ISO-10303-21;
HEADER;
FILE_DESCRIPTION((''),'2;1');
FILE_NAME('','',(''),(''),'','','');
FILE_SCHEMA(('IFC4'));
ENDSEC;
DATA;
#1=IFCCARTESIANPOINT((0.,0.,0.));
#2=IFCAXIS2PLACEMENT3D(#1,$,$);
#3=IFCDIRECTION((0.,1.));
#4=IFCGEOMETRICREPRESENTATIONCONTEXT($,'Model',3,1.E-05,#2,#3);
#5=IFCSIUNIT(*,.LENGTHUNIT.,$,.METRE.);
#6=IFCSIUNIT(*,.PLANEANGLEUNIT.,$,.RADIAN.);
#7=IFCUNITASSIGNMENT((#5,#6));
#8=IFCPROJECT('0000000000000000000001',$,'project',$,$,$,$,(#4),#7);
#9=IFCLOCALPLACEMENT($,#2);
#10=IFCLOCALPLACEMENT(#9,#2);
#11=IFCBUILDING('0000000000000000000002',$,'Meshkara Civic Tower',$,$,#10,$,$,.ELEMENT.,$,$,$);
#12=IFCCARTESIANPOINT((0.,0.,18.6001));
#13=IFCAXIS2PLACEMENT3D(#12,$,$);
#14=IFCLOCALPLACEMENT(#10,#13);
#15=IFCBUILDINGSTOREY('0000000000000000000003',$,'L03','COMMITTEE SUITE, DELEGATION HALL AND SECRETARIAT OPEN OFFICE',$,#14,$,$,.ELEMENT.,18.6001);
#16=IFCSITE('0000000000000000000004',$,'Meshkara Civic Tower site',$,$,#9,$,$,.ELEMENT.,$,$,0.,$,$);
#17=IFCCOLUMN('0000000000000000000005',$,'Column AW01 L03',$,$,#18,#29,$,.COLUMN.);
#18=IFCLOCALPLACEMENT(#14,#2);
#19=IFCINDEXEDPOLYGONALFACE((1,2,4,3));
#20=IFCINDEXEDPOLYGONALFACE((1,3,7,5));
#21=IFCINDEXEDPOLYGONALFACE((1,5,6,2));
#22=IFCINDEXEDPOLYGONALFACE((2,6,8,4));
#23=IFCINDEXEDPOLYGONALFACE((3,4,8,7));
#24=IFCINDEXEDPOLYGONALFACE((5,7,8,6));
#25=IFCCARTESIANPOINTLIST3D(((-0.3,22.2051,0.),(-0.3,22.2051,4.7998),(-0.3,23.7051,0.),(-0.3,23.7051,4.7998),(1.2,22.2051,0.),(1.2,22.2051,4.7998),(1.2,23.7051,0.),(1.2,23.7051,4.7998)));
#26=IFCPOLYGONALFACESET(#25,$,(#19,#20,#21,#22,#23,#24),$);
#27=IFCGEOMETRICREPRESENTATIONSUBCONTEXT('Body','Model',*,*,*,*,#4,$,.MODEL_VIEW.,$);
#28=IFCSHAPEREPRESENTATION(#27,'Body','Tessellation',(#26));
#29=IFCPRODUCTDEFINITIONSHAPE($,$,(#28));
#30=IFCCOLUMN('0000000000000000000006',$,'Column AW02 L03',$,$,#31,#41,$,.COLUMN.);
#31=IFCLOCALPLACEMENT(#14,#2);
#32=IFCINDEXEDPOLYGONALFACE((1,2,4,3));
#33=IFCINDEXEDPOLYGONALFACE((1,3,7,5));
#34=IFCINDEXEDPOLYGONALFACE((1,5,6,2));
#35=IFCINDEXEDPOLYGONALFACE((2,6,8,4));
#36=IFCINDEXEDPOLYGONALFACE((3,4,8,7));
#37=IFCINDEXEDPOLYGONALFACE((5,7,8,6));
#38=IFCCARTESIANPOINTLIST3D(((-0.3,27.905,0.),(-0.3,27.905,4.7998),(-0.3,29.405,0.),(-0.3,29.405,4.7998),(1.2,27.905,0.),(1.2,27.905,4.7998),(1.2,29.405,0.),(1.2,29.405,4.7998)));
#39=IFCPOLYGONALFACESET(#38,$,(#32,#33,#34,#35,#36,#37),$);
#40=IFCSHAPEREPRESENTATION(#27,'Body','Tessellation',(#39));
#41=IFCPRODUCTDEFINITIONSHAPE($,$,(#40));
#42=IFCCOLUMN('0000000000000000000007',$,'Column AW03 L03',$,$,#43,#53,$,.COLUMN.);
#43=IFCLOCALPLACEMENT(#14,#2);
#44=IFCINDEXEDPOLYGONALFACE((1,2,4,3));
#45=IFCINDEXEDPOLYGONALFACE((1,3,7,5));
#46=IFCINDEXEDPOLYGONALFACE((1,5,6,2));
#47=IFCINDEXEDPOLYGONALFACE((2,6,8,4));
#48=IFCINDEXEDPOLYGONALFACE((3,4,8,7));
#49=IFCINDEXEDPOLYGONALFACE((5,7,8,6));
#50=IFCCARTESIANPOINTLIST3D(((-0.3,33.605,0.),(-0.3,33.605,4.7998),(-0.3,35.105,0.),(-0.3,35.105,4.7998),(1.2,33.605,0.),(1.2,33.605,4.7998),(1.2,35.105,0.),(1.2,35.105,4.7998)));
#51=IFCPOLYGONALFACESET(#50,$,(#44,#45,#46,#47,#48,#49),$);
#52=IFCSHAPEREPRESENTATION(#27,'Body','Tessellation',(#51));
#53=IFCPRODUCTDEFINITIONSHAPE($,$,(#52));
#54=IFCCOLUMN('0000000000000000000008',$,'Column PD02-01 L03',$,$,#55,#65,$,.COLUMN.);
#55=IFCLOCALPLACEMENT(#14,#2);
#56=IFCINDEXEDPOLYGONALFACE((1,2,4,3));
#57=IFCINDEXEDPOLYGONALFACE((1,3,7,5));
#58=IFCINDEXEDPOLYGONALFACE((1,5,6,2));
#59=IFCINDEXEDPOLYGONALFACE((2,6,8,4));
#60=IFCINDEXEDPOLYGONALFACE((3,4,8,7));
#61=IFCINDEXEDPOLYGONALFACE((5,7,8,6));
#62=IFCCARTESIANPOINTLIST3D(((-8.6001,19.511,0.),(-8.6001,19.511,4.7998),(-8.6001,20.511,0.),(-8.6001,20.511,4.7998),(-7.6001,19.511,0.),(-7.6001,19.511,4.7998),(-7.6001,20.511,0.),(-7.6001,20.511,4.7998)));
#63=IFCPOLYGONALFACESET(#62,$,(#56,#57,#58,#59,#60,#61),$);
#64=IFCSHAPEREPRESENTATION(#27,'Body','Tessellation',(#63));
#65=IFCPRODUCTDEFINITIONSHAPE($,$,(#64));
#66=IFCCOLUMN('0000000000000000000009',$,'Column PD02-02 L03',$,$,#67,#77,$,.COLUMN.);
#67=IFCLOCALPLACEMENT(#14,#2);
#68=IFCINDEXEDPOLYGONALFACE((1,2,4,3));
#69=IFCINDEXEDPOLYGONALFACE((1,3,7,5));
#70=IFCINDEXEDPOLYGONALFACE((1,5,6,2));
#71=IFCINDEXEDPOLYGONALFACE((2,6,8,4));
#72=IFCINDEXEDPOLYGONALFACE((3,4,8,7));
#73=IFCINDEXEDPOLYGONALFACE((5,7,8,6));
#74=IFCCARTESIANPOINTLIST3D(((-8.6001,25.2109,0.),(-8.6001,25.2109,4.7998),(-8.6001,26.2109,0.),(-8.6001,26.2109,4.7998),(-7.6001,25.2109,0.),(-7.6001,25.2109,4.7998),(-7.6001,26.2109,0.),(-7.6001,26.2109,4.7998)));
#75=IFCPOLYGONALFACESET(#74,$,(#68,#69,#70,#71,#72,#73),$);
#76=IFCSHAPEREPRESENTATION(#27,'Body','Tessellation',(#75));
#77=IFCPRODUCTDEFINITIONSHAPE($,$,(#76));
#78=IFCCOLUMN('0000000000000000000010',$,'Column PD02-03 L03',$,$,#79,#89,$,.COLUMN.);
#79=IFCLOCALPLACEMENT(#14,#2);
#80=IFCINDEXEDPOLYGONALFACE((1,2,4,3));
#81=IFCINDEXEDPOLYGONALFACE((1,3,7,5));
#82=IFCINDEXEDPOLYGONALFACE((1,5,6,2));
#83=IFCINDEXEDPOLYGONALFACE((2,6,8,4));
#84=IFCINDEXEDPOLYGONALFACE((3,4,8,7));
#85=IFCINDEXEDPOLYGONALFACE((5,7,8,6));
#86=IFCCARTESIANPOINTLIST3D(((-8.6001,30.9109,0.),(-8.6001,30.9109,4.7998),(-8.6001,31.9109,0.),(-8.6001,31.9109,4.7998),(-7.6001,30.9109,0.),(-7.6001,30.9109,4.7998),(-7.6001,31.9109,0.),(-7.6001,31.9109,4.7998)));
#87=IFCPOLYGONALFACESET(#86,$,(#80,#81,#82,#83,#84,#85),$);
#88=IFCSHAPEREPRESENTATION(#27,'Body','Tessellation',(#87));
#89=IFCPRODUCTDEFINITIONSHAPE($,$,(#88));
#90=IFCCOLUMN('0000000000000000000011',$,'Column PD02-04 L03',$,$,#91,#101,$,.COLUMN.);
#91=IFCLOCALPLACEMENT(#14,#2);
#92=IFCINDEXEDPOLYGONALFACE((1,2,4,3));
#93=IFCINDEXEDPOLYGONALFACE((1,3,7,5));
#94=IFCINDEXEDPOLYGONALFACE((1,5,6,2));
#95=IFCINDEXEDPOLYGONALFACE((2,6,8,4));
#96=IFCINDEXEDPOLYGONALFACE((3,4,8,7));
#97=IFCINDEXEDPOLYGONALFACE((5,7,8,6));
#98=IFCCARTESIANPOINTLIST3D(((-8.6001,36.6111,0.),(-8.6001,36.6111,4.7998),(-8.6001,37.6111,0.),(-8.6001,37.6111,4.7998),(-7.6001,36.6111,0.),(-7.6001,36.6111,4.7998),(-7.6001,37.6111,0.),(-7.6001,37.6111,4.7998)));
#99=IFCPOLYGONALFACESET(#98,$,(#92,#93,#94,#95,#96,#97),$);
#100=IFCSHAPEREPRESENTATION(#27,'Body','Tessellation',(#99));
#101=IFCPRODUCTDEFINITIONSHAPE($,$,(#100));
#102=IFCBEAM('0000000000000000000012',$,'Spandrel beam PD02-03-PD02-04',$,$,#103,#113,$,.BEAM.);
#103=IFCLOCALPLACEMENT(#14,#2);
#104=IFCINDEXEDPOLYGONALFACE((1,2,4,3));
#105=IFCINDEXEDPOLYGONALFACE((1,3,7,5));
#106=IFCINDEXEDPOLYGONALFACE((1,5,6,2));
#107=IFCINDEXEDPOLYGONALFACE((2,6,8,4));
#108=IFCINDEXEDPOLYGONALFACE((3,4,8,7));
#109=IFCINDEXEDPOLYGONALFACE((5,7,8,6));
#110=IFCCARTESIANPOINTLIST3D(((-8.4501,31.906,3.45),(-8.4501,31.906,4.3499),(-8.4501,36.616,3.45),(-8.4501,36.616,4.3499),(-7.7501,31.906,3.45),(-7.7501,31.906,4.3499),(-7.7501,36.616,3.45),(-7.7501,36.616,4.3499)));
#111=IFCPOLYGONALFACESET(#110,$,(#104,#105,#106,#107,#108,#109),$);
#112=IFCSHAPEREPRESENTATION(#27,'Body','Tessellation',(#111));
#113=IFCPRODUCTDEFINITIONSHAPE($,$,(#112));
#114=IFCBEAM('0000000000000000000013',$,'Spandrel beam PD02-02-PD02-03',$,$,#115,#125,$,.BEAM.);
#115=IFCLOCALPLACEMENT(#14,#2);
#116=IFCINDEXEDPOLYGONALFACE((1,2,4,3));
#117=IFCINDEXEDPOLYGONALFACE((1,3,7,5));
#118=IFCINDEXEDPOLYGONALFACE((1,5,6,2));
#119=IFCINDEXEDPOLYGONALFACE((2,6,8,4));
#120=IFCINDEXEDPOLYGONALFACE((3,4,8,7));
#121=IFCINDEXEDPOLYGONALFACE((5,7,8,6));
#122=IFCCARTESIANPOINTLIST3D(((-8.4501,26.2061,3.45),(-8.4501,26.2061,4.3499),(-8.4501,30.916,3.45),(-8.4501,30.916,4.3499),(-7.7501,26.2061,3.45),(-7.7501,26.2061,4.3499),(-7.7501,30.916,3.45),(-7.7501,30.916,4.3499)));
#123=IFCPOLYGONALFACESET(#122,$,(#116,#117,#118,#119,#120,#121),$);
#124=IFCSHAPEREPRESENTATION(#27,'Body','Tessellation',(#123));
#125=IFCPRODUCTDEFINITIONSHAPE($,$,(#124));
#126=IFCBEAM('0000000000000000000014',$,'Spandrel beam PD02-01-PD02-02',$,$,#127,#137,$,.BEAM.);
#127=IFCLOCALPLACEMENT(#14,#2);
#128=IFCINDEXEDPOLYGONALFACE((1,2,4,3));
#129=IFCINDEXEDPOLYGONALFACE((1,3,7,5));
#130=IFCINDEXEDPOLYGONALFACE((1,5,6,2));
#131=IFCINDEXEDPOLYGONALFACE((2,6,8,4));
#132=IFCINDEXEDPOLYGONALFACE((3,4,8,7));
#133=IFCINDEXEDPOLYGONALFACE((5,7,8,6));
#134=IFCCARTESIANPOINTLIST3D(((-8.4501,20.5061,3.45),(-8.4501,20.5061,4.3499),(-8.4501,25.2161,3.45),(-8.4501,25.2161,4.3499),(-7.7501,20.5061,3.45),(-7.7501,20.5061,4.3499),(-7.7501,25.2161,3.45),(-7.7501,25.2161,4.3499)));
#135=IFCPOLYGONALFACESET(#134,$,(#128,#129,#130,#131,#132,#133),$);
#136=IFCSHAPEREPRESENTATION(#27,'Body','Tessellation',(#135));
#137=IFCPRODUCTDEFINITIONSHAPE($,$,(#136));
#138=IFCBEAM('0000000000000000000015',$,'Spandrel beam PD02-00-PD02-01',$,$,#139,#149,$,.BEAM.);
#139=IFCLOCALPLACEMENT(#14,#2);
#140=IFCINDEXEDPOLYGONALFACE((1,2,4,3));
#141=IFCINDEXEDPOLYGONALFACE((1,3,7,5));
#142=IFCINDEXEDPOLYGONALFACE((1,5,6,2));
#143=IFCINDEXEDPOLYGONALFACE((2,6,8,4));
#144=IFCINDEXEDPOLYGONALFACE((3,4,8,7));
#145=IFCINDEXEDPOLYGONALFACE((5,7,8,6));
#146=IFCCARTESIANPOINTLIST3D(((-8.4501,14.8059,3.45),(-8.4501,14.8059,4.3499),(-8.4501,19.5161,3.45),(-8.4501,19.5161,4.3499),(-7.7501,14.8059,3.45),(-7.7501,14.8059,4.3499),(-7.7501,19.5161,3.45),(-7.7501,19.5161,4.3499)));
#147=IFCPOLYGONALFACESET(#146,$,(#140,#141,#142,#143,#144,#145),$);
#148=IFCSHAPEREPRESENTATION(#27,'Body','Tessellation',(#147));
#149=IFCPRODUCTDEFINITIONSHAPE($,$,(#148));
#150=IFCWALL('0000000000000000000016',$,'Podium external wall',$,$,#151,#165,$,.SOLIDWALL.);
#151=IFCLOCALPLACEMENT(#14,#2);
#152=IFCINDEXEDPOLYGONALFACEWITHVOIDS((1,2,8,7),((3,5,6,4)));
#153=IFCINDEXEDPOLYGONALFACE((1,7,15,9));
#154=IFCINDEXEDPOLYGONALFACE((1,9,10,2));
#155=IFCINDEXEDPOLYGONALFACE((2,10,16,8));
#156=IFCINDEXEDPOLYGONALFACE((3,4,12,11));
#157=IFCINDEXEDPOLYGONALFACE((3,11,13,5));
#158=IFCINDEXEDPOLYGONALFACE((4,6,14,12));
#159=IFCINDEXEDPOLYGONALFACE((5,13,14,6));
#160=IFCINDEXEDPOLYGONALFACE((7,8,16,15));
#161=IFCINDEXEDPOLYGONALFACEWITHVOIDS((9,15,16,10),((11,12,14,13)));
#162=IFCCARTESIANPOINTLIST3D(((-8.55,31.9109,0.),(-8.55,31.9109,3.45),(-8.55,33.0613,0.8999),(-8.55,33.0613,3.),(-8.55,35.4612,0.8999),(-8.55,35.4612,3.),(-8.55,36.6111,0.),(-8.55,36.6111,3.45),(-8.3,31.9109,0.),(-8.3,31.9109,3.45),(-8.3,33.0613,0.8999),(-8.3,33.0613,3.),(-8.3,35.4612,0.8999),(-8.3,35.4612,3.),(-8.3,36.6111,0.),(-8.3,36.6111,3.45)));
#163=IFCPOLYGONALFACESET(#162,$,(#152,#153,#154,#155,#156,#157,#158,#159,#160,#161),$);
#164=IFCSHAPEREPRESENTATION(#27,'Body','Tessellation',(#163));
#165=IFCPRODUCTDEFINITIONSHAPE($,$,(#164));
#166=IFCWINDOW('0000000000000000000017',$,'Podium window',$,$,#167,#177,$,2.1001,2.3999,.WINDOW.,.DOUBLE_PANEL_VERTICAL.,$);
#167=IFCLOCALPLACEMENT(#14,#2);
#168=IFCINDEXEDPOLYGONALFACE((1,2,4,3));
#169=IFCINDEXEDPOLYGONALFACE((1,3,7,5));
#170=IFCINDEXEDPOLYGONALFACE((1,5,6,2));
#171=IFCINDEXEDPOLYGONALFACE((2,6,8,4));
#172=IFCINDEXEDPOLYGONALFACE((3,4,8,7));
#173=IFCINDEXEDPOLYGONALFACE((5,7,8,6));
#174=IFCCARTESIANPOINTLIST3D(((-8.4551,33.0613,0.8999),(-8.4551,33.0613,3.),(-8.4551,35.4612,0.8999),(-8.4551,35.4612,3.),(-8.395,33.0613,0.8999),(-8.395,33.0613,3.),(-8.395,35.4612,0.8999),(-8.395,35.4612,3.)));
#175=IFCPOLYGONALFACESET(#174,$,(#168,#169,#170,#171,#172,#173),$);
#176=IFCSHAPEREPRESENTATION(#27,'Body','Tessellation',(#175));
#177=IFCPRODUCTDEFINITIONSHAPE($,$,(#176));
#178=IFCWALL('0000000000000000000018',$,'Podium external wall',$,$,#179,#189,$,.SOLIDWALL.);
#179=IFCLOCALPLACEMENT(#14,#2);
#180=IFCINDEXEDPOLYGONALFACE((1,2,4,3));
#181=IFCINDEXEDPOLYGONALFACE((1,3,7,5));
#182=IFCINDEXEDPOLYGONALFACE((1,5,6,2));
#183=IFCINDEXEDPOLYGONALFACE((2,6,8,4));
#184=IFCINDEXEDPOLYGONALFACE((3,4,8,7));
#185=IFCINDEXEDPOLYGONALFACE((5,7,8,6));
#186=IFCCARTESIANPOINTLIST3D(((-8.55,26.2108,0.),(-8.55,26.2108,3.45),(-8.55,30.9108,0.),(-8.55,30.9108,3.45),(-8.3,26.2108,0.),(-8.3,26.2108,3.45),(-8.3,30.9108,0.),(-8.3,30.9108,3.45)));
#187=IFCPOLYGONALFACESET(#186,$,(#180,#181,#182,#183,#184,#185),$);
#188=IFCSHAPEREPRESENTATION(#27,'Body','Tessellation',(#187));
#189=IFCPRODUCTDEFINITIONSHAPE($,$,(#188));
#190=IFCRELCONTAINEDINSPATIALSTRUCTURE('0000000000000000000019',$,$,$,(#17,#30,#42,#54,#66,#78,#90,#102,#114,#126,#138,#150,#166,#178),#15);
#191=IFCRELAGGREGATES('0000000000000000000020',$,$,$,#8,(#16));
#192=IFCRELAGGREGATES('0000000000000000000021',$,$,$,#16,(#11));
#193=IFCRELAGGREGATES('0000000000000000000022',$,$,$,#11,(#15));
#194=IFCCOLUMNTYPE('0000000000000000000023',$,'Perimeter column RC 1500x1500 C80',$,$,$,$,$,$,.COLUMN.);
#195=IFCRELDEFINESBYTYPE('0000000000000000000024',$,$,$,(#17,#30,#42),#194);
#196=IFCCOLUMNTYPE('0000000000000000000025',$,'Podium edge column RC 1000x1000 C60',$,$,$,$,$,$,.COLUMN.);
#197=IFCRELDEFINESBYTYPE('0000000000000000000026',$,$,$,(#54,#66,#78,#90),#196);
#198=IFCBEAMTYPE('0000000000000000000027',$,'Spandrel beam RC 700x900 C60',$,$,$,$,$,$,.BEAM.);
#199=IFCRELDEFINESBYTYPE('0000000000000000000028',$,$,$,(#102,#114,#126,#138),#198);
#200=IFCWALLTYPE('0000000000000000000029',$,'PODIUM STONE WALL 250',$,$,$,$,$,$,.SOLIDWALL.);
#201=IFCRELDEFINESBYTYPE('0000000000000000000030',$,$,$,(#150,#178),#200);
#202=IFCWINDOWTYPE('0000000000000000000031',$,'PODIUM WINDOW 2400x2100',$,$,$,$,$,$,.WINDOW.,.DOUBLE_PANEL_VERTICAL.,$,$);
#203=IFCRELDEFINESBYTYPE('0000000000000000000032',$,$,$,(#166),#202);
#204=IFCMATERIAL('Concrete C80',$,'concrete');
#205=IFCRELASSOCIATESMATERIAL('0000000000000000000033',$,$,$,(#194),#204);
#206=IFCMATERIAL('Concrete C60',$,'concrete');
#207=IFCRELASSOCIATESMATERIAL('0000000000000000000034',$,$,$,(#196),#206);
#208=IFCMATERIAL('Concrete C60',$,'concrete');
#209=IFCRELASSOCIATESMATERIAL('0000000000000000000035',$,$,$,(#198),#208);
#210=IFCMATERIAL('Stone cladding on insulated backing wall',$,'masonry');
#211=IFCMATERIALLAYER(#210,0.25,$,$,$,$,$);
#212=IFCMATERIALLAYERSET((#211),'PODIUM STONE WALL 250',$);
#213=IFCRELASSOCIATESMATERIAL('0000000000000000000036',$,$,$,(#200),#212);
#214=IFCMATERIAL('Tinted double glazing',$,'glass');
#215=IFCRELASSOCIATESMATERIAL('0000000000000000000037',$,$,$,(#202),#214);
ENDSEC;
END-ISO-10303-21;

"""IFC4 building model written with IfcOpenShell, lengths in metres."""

from ifc_helpers import new_model, si_unit, direction, frame, frame_2d, origin, origin_2d, place, context, subcontext, project, spatial, rectangle, extrude, material, layer, layer_set, material_profile, profile_set, type_object, element, fill, save


model = new_model("IFC4")

# Units and contexts
model_context = context("Model", 3, precision=1e-05, world=origin(), true_north=direction((0.0, 1.0)))
body_context = subcontext(model_context, "Body", "Model", "MODEL_VIEW")
ifc_project = project(units=[si_unit("LENGTHUNIT", "METRE"), si_unit("PLANEANGLEUNIT", "RADIAN")], contexts=[model_context])

# Site, building, storey
site_placement = place(None, origin())
site = spatial("IfcSite", under=ifc_project, at=site_placement, Name="Meshkara Civic Tower site", CompositionType="ELEMENT", RefElevation=0.0)
building_placement = place(site_placement, origin())
building = spatial("IfcBuilding", under=site, at=building_placement, Name="Meshkara Civic Tower", CompositionType="ELEMENT")
storey_placement = place(building_placement, frame((0.0, 0.0, 18.6001)))
storey = spatial("IfcBuildingStorey", under=building, at=storey_placement, Name="L03", Description="COMMITTEE SUITE, DELEGATION HALL AND SECRETARIAT OPEN OFFICE", CompositionType="ELEMENT", Elevation=18.6001)

# Columns
ifc_material_1 = material(Name="Concrete C80", Category="concrete")
ifc_material_profile_1 = material_profile(ifc_material_1, rectangle(XDim=1.5, YDim=1.5, at=origin_2d()))
ifc_profile_set_1 = profile_set([ifc_material_profile_1], Name="Concrete C80")
column_type_1 = type_object("IfcColumnType", Name="Perimeter column RC 1500x1500 C80", PredefinedType="COLUMN", material=ifc_profile_set_1)
for number, where, z_axis, x_axis, name in (
    (1, (0.45, 22.9551, 0.0), (0.0, 0.0, 1.0), (1.0, 0.0, 0.0), "Column AW01 L03"),
    (2, (0.45, 28.655, 0.0), (0.0, 0.0, 1.0), (1.0, 0.0, 0.0), "Column AW02 L03"),
    (3, (0.45, 34.355, 0.0), (0.0, 0.0, 1.0), (1.0, 0.0, 0.0), "Column AW03 L03"),
):
    element("IfcColumn", number, at=place(storey_placement, frame(where, z_axis=z_axis, x_axis=x_axis)), inside=storey, type_object=column_type_1, Name=name, PredefinedType="COLUMN", context=body_context, shape_type="SweptSolid", body=[
        extrude(rectangle(XDim=1.5, YDim=1.5, at=origin_2d()), origin(), (0.0, 0.0, 1.0), 4.7998),
    ])
ifc_material_2 = material(Name="Concrete C60", Category="concrete")
ifc_material_profile_2 = material_profile(ifc_material_2, rectangle(XDim=1.0, YDim=1.0, at=origin_2d()))
ifc_profile_set_2 = profile_set([ifc_material_profile_2], Name="Concrete C60")
column_type_2 = type_object("IfcColumnType", Name="Podium edge column RC 1000x1000 C60", PredefinedType="COLUMN", material=ifc_profile_set_2)
for number, where, z_axis, x_axis, name in (
    (4, (-8.1001, 20.011, 0.0), (0.0, 0.0, 1.0), (1.0, 0.0, 0.0), "Column PD02-01 L03"),
    (5, (-8.1001, 25.7109, 0.0), (0.0, 0.0, 1.0), (1.0, 0.0, 0.0), "Column PD02-02 L03"),
    (6, (-8.1001, 31.4109, 0.0), (0.0, 0.0, 1.0), (1.0, 0.0, 0.0), "Column PD02-03 L03"),
    (7, (-8.1001, 37.1111, 0.0), (0.0, 0.0, 1.0), (1.0, 0.0, 0.0), "Column PD02-04 L03"),
):
    element("IfcColumn", number, at=place(storey_placement, frame(where, z_axis=z_axis, x_axis=x_axis)), inside=storey, type_object=column_type_2, Name=name, PredefinedType="COLUMN", context=body_context, shape_type="SweptSolid", body=[
        extrude(rectangle(XDim=1.0, YDim=1.0, at=origin_2d()), origin(), (0.0, 0.0, 1.0), 4.7998),
    ])

# Beams
ifc_material_3 = material(Name="Concrete C60", Category="concrete")
ifc_material_profile_3 = material_profile(ifc_material_3, rectangle(XDim=0.7, YDim=0.8999, at=origin_2d()))
ifc_profile_set_3 = profile_set([ifc_material_profile_3], Name="Concrete C60")
beam_type = type_object("IfcBeamType", Name="Spandrel beam RC 700x900 C60", PredefinedType="BEAM", material=ifc_profile_set_3)
for number, where, z_axis, x_axis, name in (
    (8, (-8.1001, 36.616, 3.8999), (0.0, -1.0, 0.0), (1.0, 0.0, 0.0), "Spandrel beam PD02-03-PD02-04"),
    (9, (-8.1001, 30.916, 3.8999), (0.0, -1.0, 0.0), (1.0, 0.0, 0.0), "Spandrel beam PD02-02-PD02-03"),
    (10, (-8.1001, 25.2161, 3.8999), (0.0, -1.0, 0.0), (1.0, 0.0, 0.0), "Spandrel beam PD02-01-PD02-02"),
):
    element("IfcBeam", number, at=place(storey_placement, frame(where, z_axis=z_axis, x_axis=x_axis)), inside=storey, type_object=beam_type, Name=name, PredefinedType="BEAM", context=body_context, shape_type="SweptSolid", body=[
        extrude(rectangle(XDim=0.7, YDim=0.8999, at=origin_2d()), origin(), (0.0, 0.0, 1.0), 4.71),
    ])
beam_placement = place(storey_placement, frame((-8.1001, 19.5161, 3.8999), z_axis=(0.0, -1.0, 0.0), x_axis=(1.0, 0.0, 0.0)))
element("IfcBeam", 11, at=beam_placement, inside=storey, type_object=beam_type, Name="Spandrel beam PD02-00-PD02-01", PredefinedType="BEAM", context=body_context, shape_type="SweptSolid", body=[
    extrude(rectangle(XDim=0.7, YDim=0.8999, at=origin_2d()), origin(), (0.0, 0.0, 1.0), 4.7102),
])

# Wall, opening, window
ifc_material_4 = material(Name="Stone cladding on insulated backing wall", Category="masonry")
ifc_layer_1 = layer(ifc_material_4, 0.25)
ifc_layer_set_1 = layer_set([ifc_layer_1], Name="PODIUM STONE WALL 250")
wall_type_1 = type_object("IfcWallType", Name="PODIUM STONE WALL 250", PredefinedType="SOLIDWALL", material=ifc_layer_set_1)
wall_1_placement = place(storey_placement, frame((-8.425, 36.6111, 0.0), z_axis=(0.0, 0.0, 1.0), x_axis=(0.0, -1.0, 0.0)))
wall_1 = element("IfcWall", 12, at=wall_1_placement, inside=storey, type_object=wall_type_1, Name="Podium external wall", PredefinedType="SOLIDWALL", context=body_context, shape_type="SweptSolid", body=[
    extrude(rectangle(XDim=4.7002, YDim=0.25, at=frame_2d((2.3501, 0.0))), origin(), (0.0, 0.0, 1.0), 3.45),
])
opening_1_placement = place(wall_1_placement, frame((1.1499, 0.0, 0.8999)))
opening_1 = element("IfcOpeningElement", 13, at=opening_1_placement, cuts=wall_1, PredefinedType="OPENING", context=body_context, shape_type="SweptSolid", body=[
    extrude(rectangle(XDim=2.3999, YDim=2.1001, at=frame_2d((1.2, 1.05))), frame((0.0, 0.135, 0.0), z_axis=(0.0, -1.0, 0.0), x_axis=(1.0, 0.0, 0.0)), (0.0, 0.0, 1.0), 0.27),
])
ifc_material_5 = material(Name="Tinted double glazing", Category="glass")
window_type = type_object("IfcWindowType", Name="PODIUM WINDOW 2400x2100", PartitioningType="DOUBLE_PANEL_VERTICAL", PredefinedType="WINDOW", material=ifc_material_5)
window_1_placement = place(opening_1_placement, origin())
window_1 = element("IfcWindow", 14, at=window_1_placement, inside=storey, type_object=window_type, Name="Podium window", OverallHeight=2.1001, OverallWidth=2.3999, PartitioningType="DOUBLE_PANEL_VERTICAL", PredefinedType="WINDOW", context=body_context, shape_type="SweptSolid", body=[
    extrude(rectangle(XDim=2.3999, YDim=2.1001, at=frame_2d((1.2, 1.05))), frame((0.0, 0.03, 0.0), z_axis=(0.0, -1.0, 0.0), x_axis=(1.0, 0.0, 0.0)), (0.0, 0.0, 1.0), 0.0601),
])
fill(opening_1, window_1)

# Wall
wall_2_placement = place(storey_placement, frame((-8.425, 30.9109, 0.0), z_axis=(0.0, 0.0, 1.0), x_axis=(0.0, -1.0, 0.0)))
element("IfcWall", 15, at=wall_2_placement, inside=storey, type_object=wall_type_1, Name="Podium external wall", PredefinedType="SOLIDWALL", context=body_context, shape_type="SweptSolid", body=[
    extrude(rectangle(XDim=4.7, YDim=0.25, at=frame_2d((2.3501, 0.0))), origin(), (0.0, 0.0, 1.0), 3.45),
])

save(model, "model.ifc")
